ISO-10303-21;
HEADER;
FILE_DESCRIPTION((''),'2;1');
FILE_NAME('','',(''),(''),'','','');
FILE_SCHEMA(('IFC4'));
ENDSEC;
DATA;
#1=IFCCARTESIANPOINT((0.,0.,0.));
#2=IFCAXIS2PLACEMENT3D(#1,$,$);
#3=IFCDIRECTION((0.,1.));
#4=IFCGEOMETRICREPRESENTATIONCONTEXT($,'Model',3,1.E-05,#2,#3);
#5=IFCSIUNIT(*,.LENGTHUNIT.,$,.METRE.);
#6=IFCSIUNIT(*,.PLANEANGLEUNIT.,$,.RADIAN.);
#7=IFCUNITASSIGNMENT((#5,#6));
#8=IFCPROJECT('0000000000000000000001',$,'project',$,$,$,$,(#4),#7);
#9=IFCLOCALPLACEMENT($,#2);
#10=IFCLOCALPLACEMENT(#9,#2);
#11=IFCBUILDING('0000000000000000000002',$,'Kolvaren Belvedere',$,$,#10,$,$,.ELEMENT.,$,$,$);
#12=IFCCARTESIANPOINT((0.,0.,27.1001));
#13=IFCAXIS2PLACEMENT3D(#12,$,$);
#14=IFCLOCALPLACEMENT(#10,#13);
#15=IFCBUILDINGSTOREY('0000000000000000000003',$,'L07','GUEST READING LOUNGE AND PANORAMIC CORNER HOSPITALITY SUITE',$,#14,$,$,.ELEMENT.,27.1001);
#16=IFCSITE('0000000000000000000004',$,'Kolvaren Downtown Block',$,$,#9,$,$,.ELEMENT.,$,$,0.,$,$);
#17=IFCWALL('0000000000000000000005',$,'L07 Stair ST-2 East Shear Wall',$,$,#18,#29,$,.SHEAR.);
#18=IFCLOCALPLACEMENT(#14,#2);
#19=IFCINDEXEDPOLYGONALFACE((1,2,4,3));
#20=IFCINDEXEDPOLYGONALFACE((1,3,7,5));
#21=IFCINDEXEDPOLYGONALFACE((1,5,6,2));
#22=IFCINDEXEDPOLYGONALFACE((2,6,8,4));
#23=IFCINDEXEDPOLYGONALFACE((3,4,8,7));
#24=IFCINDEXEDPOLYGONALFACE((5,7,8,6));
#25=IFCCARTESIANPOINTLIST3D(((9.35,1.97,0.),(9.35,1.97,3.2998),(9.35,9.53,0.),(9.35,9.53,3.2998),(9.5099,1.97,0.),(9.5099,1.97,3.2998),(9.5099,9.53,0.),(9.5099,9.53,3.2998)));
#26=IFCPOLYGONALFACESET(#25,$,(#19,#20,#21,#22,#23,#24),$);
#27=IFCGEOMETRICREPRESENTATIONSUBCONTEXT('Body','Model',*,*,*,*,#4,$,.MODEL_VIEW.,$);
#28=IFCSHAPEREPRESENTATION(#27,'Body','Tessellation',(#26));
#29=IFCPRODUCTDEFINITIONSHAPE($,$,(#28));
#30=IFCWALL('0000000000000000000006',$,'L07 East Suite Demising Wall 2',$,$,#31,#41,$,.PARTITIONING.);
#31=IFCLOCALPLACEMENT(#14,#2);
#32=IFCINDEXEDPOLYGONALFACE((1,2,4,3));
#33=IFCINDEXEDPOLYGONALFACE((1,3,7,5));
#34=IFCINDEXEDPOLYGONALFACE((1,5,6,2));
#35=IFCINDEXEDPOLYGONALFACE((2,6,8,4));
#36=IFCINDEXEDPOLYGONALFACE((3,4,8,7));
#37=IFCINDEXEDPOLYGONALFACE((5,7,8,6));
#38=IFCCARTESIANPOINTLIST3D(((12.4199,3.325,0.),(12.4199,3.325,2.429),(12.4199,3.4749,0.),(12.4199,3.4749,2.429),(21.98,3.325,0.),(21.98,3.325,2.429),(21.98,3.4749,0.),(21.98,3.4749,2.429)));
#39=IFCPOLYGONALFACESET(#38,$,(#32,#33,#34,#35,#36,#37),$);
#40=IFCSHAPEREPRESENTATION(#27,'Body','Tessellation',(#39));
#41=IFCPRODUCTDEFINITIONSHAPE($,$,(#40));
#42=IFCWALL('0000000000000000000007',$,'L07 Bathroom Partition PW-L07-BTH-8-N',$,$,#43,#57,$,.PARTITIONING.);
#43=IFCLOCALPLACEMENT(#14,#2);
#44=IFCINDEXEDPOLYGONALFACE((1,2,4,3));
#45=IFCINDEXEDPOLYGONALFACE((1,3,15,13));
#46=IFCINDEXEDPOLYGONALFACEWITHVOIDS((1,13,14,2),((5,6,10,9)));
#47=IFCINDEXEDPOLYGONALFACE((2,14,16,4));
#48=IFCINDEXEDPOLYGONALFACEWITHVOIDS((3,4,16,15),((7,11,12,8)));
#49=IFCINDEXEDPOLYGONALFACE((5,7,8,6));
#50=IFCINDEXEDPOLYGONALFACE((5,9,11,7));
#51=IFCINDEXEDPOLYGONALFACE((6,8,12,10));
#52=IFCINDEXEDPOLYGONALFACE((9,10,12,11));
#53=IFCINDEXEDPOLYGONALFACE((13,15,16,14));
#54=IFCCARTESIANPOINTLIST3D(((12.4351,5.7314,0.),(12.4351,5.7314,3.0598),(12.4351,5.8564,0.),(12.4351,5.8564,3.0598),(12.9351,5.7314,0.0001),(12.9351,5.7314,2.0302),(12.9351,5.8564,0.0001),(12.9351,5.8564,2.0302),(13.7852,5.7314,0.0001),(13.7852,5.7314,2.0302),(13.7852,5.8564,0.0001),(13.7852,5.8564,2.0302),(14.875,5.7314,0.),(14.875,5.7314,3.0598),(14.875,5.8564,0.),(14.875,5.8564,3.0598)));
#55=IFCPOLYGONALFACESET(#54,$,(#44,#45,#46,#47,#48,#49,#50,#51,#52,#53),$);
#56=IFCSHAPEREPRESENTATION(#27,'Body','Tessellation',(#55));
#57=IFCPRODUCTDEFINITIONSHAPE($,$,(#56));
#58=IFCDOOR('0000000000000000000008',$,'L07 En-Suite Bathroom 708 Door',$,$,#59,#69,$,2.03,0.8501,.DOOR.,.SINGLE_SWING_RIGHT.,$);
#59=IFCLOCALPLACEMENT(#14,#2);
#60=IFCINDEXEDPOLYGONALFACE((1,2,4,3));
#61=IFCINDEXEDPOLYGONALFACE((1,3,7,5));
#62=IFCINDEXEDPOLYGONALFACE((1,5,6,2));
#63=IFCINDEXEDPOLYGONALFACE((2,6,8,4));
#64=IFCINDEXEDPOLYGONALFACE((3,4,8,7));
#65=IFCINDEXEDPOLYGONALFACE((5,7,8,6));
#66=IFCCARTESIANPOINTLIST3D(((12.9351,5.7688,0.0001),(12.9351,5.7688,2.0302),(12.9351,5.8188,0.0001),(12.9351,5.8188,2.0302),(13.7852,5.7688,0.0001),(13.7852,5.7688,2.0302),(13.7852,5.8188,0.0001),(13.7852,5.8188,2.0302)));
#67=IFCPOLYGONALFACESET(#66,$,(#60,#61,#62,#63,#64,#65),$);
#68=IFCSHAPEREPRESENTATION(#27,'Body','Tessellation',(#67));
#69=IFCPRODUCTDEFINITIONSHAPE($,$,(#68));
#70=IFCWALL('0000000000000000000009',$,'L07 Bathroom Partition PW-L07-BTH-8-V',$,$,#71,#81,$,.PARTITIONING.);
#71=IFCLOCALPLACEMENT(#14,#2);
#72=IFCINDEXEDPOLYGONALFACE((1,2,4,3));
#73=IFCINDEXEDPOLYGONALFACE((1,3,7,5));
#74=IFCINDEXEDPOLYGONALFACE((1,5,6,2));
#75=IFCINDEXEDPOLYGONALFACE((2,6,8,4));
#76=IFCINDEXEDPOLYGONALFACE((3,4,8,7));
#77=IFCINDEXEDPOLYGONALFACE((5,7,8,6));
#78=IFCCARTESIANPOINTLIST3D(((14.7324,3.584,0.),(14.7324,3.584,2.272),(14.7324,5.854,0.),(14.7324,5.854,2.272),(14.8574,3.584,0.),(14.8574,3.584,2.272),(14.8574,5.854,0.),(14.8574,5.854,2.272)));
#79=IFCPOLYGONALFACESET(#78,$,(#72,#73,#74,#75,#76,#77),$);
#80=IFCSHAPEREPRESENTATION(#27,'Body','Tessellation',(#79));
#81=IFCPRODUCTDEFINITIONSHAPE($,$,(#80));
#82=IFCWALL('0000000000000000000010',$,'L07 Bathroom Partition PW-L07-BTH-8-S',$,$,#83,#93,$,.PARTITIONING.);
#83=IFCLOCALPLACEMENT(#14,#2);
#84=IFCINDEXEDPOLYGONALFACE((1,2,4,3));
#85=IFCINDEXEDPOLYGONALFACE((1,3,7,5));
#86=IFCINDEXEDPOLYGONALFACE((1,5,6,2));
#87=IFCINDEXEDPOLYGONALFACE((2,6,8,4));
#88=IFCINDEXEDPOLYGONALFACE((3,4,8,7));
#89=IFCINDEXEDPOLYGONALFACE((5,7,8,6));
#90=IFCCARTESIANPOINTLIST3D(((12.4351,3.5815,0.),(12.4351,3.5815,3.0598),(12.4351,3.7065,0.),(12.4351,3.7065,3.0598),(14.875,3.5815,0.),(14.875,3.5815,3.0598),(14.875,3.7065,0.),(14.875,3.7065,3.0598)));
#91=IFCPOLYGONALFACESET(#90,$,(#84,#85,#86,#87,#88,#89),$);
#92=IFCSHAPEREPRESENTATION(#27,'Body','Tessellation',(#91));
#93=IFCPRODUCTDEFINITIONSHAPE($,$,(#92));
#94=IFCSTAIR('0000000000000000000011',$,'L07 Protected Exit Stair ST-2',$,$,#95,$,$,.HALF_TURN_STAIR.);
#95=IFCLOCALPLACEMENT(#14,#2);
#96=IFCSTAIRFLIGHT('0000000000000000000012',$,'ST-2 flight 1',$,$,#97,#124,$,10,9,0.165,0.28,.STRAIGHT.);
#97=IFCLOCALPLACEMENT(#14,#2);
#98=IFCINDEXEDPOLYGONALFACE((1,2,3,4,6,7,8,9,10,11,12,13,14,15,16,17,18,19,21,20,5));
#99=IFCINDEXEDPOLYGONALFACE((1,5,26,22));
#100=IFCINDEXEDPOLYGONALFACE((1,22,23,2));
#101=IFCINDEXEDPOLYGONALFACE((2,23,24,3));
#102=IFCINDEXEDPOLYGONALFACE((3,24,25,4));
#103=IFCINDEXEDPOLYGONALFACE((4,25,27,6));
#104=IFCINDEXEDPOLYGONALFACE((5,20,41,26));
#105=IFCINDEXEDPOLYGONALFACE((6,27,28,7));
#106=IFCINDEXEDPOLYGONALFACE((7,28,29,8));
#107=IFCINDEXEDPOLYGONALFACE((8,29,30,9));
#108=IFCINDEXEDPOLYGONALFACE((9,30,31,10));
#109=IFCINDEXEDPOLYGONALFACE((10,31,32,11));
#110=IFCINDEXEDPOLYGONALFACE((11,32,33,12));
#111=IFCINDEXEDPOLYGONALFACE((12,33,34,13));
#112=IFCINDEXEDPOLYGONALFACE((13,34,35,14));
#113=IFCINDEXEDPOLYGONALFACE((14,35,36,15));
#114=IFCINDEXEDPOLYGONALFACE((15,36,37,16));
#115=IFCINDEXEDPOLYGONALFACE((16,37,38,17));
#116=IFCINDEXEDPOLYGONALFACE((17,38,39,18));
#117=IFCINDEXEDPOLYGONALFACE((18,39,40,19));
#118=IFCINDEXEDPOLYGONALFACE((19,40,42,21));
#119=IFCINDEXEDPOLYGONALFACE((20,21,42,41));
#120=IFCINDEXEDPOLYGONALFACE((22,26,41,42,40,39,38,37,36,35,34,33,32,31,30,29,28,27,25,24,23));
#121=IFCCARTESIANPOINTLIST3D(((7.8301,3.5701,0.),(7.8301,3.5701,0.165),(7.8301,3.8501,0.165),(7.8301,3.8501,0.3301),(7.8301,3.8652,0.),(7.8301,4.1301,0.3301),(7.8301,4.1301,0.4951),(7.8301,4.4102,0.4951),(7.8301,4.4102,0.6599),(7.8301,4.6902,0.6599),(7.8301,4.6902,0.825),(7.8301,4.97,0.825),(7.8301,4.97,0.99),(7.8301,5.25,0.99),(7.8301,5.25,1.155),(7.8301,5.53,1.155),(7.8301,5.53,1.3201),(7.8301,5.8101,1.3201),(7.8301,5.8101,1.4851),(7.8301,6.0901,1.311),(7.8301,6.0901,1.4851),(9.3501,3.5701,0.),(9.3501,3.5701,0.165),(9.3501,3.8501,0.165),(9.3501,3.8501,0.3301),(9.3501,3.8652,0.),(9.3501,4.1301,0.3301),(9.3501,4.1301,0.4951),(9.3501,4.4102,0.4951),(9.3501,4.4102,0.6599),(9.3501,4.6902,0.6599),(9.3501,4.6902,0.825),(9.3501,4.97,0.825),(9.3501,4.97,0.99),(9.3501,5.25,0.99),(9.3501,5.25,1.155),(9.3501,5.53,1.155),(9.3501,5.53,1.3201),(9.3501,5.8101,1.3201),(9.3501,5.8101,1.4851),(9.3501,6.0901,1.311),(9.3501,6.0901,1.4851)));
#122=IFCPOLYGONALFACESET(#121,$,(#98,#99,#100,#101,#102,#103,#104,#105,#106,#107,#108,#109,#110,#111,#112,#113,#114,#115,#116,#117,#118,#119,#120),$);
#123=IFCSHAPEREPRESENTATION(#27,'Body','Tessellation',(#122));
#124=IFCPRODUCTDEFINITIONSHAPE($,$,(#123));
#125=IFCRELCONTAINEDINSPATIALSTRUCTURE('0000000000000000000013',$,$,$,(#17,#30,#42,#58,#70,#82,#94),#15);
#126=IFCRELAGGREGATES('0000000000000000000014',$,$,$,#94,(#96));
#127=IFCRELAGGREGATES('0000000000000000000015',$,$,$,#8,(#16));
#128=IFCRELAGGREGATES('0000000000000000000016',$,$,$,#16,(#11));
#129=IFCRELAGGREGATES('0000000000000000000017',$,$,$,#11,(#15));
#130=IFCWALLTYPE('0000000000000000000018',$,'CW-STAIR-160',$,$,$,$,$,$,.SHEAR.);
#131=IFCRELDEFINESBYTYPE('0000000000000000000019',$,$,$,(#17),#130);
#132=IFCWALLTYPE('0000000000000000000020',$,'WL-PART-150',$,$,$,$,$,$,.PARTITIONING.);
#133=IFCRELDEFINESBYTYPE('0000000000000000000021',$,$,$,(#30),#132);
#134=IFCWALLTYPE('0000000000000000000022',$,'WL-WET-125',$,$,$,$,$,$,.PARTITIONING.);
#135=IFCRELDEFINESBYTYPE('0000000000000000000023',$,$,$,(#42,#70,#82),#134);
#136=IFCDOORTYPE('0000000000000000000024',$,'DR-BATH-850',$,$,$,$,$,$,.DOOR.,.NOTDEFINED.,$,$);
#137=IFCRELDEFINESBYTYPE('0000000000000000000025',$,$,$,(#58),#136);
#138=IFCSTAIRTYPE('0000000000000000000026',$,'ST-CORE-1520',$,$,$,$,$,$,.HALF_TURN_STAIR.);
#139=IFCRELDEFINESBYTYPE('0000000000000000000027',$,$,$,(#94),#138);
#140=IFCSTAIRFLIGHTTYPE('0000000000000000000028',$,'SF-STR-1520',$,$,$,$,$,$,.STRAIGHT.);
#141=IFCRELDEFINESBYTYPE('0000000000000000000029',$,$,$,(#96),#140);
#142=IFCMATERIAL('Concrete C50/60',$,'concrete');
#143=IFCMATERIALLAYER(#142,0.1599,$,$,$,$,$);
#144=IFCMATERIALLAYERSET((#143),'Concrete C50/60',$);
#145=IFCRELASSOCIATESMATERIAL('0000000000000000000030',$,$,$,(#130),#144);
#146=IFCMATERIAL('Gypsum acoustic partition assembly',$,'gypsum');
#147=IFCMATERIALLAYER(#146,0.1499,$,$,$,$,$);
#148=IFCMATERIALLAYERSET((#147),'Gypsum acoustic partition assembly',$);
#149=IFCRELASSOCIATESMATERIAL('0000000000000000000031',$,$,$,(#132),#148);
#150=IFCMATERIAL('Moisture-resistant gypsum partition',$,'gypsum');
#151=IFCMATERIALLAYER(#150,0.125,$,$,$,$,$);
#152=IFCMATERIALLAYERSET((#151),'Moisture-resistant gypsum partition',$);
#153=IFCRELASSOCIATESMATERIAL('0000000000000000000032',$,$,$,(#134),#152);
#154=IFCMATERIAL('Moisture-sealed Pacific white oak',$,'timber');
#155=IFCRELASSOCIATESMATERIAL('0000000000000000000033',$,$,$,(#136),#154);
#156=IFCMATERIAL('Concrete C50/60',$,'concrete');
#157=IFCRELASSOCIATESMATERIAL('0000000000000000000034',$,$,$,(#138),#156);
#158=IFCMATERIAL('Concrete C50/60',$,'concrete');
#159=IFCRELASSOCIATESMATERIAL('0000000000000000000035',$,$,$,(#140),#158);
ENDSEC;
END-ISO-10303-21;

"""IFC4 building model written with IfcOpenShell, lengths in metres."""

from ifc_helpers import new_model, si_unit, direction, frame, frame_2d, origin, place, context, subcontext, project, spatial, polyline, rectangle, outline, extrude, material, layer, layer_set, type_object, element, fill, aggregate, save


model = new_model("IFC4")

# Units and contexts
model_context = context("Model", 3, precision=1e-05, world=origin(), true_north=direction((0.0, 1.0)))
body_context = subcontext(model_context, "Body", "Model", "MODEL_VIEW")
ifc_project = project(units=[si_unit("LENGTHUNIT", "METRE"), si_unit("PLANEANGLEUNIT", "RADIAN")], contexts=[model_context])

# Site, building, storey
site_placement = place(None, origin())
site = spatial("IfcSite", under=ifc_project, at=site_placement, Name="Kolvaren Downtown Block", CompositionType="ELEMENT", RefElevation=0.0)
building_placement = place(site_placement, origin())
building = spatial("IfcBuilding", under=site, at=building_placement, Name="Kolvaren Belvedere", CompositionType="ELEMENT")
storey_placement = place(building_placement, frame((0.0, 0.0, 27.1001)))
storey = spatial("IfcBuildingStorey", under=building, at=storey_placement, Name="L07", Description="GUEST READING LOUNGE AND PANORAMIC CORNER HOSPITALITY SUITE", CompositionType="ELEMENT", Elevation=27.1001)

# Walls
ifc_material_1 = material(Name="Concrete C50/60", Category="concrete")
ifc_layer_1 = layer(ifc_material_1, 0.1599)
ifc_layer_set_1 = layer_set([ifc_layer_1], Name="Concrete C50/60")
wall_type_1 = type_object("IfcWallType", Name="CW-STAIR-160", PredefinedType="SHEAR", material=ifc_layer_set_1)
wall_1_placement = place(storey_placement, frame((9.4299, 1.97, 0.0), z_axis=(0.0, 0.0, 1.0), x_axis=(0.0, 1.0, 0.0)))
element("IfcWall", 1, at=wall_1_placement, inside=storey, type_object=wall_type_1, Name="L07 Stair ST-2 East Shear Wall", PredefinedType="SHEAR", context=body_context, shape_type="SweptSolid", body=[
    extrude(rectangle(XDim=7.5601, YDim=0.1599, at=frame_2d((3.78, 0.0))), origin(), (0.0, 0.0, 1.0), 3.2998),
])
ifc_material_2 = material(Name="Gypsum acoustic partition assembly", Category="gypsum")
ifc_layer_2 = layer(ifc_material_2, 0.1499)
ifc_layer_set_2 = layer_set([ifc_layer_2], Name="Gypsum acoustic partition assembly")
wall_type_2 = type_object("IfcWallType", Name="WL-PART-150", PredefinedType="PARTITIONING", material=ifc_layer_set_2)
wall_2_placement = place(storey_placement, frame((12.4199, 3.3999, 0.0), z_axis=(0.0, 0.0, 1.0), x_axis=(1.0, 0.0, 0.0)))
element("IfcWall", 2, at=wall_2_placement, inside=storey, type_object=wall_type_2, Name="L07 East Suite Demising Wall 2", PredefinedType="PARTITIONING", context=body_context, shape_type="SweptSolid", body=[
    extrude(rectangle(XDim=9.5601, YDim=0.1499, at=frame_2d((4.78, 0.0))), origin(), (0.0, 0.0, 1.0), 2.429),
])

# Wall, opening, door
ifc_material_3 = material(Name="Moisture-resistant gypsum partition", Category="gypsum")
ifc_layer_3 = layer(ifc_material_3, 0.125)
ifc_layer_set_3 = layer_set([ifc_layer_3], Name="Moisture-resistant gypsum partition")
wall_type_3 = type_object("IfcWallType", Name="WL-WET-125", PredefinedType="PARTITIONING", material=ifc_layer_set_3)
wall_3_placement = place(storey_placement, frame((12.4351, 5.7939, 0.0), z_axis=(0.0, 0.0, 1.0), x_axis=(1.0, 0.0, 0.0)))
wall_3 = element("IfcWall", 3, at=wall_3_placement, inside=storey, type_object=wall_type_3, Name="L07 Bathroom Partition PW-L07-BTH-8-N", PredefinedType="PARTITIONING", context=body_context, shape_type="SweptSolid", body=[
    extrude(rectangle(XDim=2.4399, YDim=0.125, at=frame_2d((1.22, 0.0))), origin(), (0.0, 0.0, 1.0), 3.0598),
])
opening_placement = place(wall_3_placement, frame((0.5, 0.0, 0.0)))
opening = element("IfcOpeningElement", 4, at=opening_placement, cuts=wall_3, PredefinedType="OPENING", context=body_context, shape_type="SweptSolid", body=[
    extrude(rectangle(XDim=0.8501, YDim=2.03, at=frame_2d((0.425, 1.0151))), frame((0.0, 0.0725, 0.0), z_axis=(0.0, -1.0, 0.0), x_axis=(1.0, 0.0, 0.0)), (0.0, 0.0, 1.0), 0.145),
])
ifc_material_4 = material(Name="Moisture-sealed Pacific white oak", Category="timber")
door_type = type_object("IfcDoorType", Name="DR-BATH-850", OperationType="NOTDEFINED", PredefinedType="DOOR", material=ifc_material_4)
door_placement = place(opening_placement, origin())
door = element("IfcDoor", 5, at=door_placement, inside=storey, type_object=door_type, Name="L07 En-Suite Bathroom 708 Door", OperationType="SINGLE_SWING_RIGHT", OverallHeight=2.03, OverallWidth=0.8501, PredefinedType="DOOR", context=body_context, shape_type="SweptSolid", body=[
    extrude(rectangle(XDim=0.8501, YDim=2.03, at=frame_2d((0.425, 1.0151))), frame((0.0, 0.0249, 0.0), z_axis=(0.0, -1.0, 0.0), x_axis=(1.0, 0.0, 0.0)), (0.0, 0.0, 1.0), 0.05),
])
fill(opening, door)

# Walls
wall_4_placement = place(storey_placement, frame((14.7949, 3.584, 0.0), z_axis=(0.0, 0.0, 1.0), x_axis=(0.0, 1.0, 0.0)))
element("IfcWall", 6, at=wall_4_placement, inside=storey, type_object=wall_type_3, Name="L07 Bathroom Partition PW-L07-BTH-8-V", PredefinedType="PARTITIONING", context=body_context, shape_type="SweptSolid", body=[
    extrude(rectangle(XDim=2.27, YDim=0.125, at=frame_2d((1.135, 0.0))), origin(), (0.0, 0.0, 1.0), 2.272),
])
wall_5_placement = place(storey_placement, frame((12.4351, 3.644, 0.0), z_axis=(0.0, 0.0, 1.0), x_axis=(1.0, 0.0, 0.0)))
element("IfcWall", 7, at=wall_5_placement, inside=storey, type_object=wall_type_3, Name="L07 Bathroom Partition PW-L07-BTH-8-S", PredefinedType="PARTITIONING", context=body_context, shape_type="SweptSolid", body=[
    extrude(rectangle(XDim=2.4399, YDim=0.125, at=frame_2d((1.22, 0.0))), origin(), (0.0, 0.0, 1.0), 3.0598),
])

# Stair, stair flight
ifc_material_5 = material(Name="Concrete C50/60", Category="concrete")
stair_type = type_object("IfcStairType", Name="ST-CORE-1520", PredefinedType="HALF_TURN_STAIR", material=ifc_material_5)
stair_placement = place(storey_placement, origin())
stair = element("IfcStair", 8, at=stair_placement, inside=storey, type_object=stair_type, Name="L07 Protected Exit Stair ST-2", PredefinedType="HALF_TURN_STAIR")
ifc_material_6 = material(Name="Concrete C50/60", Category="concrete")
stair_flight_type = type_object("IfcStairFlightType", Name="SF-STR-1520", PredefinedType="STRAIGHT", material=ifc_material_6)
stair_flight_placement = place(storey_placement, frame((8.5901, 3.5701, 0.0), z_axis=(0.0, 0.0, 1.0), x_axis=(0.0, 1.0, 0.0)))
stair_flight = element("IfcStairFlight", 9, at=stair_flight_placement, type_object=stair_flight_type, Name="ST-2 flight 1", NumberOfRisers=10, NumberOfTreads=9, PredefinedType="STRAIGHT", RiserHeight=0.165, TreadLength=0.28, context=body_context, shape_type="SweptSolid", body=[
    extrude(outline(polyline([(0.0, 0.0), (0.0, 0.165), (0.28, 0.165), (0.28, 0.3301), (0.5601, 0.3301), (0.5601, 0.4951), (0.8401, 0.4951), (0.8401, 0.6599), (1.1201, 0.6599), (1.1201, 0.825), (1.3999, 0.825), (1.3999, 0.99), (1.6799, 0.99), (1.6799, 1.155), (1.96, 1.155), (1.96, 1.3201), (2.24, 1.3201), (2.24, 1.4851), (2.52, 1.4851), (2.52, 1.6499), (2.52, 1.311), (0.2952, 0.0), (0.0, 0.0)])), frame((0.0, 0.76, 0.0), z_axis=(0.0, -1.0, 0.0), x_axis=(1.0, 0.0, 0.0)), (0.0, 0.0, 1.0), 1.52),
])
aggregate(stair, [stair_flight])

save(model, "model.ifc")
